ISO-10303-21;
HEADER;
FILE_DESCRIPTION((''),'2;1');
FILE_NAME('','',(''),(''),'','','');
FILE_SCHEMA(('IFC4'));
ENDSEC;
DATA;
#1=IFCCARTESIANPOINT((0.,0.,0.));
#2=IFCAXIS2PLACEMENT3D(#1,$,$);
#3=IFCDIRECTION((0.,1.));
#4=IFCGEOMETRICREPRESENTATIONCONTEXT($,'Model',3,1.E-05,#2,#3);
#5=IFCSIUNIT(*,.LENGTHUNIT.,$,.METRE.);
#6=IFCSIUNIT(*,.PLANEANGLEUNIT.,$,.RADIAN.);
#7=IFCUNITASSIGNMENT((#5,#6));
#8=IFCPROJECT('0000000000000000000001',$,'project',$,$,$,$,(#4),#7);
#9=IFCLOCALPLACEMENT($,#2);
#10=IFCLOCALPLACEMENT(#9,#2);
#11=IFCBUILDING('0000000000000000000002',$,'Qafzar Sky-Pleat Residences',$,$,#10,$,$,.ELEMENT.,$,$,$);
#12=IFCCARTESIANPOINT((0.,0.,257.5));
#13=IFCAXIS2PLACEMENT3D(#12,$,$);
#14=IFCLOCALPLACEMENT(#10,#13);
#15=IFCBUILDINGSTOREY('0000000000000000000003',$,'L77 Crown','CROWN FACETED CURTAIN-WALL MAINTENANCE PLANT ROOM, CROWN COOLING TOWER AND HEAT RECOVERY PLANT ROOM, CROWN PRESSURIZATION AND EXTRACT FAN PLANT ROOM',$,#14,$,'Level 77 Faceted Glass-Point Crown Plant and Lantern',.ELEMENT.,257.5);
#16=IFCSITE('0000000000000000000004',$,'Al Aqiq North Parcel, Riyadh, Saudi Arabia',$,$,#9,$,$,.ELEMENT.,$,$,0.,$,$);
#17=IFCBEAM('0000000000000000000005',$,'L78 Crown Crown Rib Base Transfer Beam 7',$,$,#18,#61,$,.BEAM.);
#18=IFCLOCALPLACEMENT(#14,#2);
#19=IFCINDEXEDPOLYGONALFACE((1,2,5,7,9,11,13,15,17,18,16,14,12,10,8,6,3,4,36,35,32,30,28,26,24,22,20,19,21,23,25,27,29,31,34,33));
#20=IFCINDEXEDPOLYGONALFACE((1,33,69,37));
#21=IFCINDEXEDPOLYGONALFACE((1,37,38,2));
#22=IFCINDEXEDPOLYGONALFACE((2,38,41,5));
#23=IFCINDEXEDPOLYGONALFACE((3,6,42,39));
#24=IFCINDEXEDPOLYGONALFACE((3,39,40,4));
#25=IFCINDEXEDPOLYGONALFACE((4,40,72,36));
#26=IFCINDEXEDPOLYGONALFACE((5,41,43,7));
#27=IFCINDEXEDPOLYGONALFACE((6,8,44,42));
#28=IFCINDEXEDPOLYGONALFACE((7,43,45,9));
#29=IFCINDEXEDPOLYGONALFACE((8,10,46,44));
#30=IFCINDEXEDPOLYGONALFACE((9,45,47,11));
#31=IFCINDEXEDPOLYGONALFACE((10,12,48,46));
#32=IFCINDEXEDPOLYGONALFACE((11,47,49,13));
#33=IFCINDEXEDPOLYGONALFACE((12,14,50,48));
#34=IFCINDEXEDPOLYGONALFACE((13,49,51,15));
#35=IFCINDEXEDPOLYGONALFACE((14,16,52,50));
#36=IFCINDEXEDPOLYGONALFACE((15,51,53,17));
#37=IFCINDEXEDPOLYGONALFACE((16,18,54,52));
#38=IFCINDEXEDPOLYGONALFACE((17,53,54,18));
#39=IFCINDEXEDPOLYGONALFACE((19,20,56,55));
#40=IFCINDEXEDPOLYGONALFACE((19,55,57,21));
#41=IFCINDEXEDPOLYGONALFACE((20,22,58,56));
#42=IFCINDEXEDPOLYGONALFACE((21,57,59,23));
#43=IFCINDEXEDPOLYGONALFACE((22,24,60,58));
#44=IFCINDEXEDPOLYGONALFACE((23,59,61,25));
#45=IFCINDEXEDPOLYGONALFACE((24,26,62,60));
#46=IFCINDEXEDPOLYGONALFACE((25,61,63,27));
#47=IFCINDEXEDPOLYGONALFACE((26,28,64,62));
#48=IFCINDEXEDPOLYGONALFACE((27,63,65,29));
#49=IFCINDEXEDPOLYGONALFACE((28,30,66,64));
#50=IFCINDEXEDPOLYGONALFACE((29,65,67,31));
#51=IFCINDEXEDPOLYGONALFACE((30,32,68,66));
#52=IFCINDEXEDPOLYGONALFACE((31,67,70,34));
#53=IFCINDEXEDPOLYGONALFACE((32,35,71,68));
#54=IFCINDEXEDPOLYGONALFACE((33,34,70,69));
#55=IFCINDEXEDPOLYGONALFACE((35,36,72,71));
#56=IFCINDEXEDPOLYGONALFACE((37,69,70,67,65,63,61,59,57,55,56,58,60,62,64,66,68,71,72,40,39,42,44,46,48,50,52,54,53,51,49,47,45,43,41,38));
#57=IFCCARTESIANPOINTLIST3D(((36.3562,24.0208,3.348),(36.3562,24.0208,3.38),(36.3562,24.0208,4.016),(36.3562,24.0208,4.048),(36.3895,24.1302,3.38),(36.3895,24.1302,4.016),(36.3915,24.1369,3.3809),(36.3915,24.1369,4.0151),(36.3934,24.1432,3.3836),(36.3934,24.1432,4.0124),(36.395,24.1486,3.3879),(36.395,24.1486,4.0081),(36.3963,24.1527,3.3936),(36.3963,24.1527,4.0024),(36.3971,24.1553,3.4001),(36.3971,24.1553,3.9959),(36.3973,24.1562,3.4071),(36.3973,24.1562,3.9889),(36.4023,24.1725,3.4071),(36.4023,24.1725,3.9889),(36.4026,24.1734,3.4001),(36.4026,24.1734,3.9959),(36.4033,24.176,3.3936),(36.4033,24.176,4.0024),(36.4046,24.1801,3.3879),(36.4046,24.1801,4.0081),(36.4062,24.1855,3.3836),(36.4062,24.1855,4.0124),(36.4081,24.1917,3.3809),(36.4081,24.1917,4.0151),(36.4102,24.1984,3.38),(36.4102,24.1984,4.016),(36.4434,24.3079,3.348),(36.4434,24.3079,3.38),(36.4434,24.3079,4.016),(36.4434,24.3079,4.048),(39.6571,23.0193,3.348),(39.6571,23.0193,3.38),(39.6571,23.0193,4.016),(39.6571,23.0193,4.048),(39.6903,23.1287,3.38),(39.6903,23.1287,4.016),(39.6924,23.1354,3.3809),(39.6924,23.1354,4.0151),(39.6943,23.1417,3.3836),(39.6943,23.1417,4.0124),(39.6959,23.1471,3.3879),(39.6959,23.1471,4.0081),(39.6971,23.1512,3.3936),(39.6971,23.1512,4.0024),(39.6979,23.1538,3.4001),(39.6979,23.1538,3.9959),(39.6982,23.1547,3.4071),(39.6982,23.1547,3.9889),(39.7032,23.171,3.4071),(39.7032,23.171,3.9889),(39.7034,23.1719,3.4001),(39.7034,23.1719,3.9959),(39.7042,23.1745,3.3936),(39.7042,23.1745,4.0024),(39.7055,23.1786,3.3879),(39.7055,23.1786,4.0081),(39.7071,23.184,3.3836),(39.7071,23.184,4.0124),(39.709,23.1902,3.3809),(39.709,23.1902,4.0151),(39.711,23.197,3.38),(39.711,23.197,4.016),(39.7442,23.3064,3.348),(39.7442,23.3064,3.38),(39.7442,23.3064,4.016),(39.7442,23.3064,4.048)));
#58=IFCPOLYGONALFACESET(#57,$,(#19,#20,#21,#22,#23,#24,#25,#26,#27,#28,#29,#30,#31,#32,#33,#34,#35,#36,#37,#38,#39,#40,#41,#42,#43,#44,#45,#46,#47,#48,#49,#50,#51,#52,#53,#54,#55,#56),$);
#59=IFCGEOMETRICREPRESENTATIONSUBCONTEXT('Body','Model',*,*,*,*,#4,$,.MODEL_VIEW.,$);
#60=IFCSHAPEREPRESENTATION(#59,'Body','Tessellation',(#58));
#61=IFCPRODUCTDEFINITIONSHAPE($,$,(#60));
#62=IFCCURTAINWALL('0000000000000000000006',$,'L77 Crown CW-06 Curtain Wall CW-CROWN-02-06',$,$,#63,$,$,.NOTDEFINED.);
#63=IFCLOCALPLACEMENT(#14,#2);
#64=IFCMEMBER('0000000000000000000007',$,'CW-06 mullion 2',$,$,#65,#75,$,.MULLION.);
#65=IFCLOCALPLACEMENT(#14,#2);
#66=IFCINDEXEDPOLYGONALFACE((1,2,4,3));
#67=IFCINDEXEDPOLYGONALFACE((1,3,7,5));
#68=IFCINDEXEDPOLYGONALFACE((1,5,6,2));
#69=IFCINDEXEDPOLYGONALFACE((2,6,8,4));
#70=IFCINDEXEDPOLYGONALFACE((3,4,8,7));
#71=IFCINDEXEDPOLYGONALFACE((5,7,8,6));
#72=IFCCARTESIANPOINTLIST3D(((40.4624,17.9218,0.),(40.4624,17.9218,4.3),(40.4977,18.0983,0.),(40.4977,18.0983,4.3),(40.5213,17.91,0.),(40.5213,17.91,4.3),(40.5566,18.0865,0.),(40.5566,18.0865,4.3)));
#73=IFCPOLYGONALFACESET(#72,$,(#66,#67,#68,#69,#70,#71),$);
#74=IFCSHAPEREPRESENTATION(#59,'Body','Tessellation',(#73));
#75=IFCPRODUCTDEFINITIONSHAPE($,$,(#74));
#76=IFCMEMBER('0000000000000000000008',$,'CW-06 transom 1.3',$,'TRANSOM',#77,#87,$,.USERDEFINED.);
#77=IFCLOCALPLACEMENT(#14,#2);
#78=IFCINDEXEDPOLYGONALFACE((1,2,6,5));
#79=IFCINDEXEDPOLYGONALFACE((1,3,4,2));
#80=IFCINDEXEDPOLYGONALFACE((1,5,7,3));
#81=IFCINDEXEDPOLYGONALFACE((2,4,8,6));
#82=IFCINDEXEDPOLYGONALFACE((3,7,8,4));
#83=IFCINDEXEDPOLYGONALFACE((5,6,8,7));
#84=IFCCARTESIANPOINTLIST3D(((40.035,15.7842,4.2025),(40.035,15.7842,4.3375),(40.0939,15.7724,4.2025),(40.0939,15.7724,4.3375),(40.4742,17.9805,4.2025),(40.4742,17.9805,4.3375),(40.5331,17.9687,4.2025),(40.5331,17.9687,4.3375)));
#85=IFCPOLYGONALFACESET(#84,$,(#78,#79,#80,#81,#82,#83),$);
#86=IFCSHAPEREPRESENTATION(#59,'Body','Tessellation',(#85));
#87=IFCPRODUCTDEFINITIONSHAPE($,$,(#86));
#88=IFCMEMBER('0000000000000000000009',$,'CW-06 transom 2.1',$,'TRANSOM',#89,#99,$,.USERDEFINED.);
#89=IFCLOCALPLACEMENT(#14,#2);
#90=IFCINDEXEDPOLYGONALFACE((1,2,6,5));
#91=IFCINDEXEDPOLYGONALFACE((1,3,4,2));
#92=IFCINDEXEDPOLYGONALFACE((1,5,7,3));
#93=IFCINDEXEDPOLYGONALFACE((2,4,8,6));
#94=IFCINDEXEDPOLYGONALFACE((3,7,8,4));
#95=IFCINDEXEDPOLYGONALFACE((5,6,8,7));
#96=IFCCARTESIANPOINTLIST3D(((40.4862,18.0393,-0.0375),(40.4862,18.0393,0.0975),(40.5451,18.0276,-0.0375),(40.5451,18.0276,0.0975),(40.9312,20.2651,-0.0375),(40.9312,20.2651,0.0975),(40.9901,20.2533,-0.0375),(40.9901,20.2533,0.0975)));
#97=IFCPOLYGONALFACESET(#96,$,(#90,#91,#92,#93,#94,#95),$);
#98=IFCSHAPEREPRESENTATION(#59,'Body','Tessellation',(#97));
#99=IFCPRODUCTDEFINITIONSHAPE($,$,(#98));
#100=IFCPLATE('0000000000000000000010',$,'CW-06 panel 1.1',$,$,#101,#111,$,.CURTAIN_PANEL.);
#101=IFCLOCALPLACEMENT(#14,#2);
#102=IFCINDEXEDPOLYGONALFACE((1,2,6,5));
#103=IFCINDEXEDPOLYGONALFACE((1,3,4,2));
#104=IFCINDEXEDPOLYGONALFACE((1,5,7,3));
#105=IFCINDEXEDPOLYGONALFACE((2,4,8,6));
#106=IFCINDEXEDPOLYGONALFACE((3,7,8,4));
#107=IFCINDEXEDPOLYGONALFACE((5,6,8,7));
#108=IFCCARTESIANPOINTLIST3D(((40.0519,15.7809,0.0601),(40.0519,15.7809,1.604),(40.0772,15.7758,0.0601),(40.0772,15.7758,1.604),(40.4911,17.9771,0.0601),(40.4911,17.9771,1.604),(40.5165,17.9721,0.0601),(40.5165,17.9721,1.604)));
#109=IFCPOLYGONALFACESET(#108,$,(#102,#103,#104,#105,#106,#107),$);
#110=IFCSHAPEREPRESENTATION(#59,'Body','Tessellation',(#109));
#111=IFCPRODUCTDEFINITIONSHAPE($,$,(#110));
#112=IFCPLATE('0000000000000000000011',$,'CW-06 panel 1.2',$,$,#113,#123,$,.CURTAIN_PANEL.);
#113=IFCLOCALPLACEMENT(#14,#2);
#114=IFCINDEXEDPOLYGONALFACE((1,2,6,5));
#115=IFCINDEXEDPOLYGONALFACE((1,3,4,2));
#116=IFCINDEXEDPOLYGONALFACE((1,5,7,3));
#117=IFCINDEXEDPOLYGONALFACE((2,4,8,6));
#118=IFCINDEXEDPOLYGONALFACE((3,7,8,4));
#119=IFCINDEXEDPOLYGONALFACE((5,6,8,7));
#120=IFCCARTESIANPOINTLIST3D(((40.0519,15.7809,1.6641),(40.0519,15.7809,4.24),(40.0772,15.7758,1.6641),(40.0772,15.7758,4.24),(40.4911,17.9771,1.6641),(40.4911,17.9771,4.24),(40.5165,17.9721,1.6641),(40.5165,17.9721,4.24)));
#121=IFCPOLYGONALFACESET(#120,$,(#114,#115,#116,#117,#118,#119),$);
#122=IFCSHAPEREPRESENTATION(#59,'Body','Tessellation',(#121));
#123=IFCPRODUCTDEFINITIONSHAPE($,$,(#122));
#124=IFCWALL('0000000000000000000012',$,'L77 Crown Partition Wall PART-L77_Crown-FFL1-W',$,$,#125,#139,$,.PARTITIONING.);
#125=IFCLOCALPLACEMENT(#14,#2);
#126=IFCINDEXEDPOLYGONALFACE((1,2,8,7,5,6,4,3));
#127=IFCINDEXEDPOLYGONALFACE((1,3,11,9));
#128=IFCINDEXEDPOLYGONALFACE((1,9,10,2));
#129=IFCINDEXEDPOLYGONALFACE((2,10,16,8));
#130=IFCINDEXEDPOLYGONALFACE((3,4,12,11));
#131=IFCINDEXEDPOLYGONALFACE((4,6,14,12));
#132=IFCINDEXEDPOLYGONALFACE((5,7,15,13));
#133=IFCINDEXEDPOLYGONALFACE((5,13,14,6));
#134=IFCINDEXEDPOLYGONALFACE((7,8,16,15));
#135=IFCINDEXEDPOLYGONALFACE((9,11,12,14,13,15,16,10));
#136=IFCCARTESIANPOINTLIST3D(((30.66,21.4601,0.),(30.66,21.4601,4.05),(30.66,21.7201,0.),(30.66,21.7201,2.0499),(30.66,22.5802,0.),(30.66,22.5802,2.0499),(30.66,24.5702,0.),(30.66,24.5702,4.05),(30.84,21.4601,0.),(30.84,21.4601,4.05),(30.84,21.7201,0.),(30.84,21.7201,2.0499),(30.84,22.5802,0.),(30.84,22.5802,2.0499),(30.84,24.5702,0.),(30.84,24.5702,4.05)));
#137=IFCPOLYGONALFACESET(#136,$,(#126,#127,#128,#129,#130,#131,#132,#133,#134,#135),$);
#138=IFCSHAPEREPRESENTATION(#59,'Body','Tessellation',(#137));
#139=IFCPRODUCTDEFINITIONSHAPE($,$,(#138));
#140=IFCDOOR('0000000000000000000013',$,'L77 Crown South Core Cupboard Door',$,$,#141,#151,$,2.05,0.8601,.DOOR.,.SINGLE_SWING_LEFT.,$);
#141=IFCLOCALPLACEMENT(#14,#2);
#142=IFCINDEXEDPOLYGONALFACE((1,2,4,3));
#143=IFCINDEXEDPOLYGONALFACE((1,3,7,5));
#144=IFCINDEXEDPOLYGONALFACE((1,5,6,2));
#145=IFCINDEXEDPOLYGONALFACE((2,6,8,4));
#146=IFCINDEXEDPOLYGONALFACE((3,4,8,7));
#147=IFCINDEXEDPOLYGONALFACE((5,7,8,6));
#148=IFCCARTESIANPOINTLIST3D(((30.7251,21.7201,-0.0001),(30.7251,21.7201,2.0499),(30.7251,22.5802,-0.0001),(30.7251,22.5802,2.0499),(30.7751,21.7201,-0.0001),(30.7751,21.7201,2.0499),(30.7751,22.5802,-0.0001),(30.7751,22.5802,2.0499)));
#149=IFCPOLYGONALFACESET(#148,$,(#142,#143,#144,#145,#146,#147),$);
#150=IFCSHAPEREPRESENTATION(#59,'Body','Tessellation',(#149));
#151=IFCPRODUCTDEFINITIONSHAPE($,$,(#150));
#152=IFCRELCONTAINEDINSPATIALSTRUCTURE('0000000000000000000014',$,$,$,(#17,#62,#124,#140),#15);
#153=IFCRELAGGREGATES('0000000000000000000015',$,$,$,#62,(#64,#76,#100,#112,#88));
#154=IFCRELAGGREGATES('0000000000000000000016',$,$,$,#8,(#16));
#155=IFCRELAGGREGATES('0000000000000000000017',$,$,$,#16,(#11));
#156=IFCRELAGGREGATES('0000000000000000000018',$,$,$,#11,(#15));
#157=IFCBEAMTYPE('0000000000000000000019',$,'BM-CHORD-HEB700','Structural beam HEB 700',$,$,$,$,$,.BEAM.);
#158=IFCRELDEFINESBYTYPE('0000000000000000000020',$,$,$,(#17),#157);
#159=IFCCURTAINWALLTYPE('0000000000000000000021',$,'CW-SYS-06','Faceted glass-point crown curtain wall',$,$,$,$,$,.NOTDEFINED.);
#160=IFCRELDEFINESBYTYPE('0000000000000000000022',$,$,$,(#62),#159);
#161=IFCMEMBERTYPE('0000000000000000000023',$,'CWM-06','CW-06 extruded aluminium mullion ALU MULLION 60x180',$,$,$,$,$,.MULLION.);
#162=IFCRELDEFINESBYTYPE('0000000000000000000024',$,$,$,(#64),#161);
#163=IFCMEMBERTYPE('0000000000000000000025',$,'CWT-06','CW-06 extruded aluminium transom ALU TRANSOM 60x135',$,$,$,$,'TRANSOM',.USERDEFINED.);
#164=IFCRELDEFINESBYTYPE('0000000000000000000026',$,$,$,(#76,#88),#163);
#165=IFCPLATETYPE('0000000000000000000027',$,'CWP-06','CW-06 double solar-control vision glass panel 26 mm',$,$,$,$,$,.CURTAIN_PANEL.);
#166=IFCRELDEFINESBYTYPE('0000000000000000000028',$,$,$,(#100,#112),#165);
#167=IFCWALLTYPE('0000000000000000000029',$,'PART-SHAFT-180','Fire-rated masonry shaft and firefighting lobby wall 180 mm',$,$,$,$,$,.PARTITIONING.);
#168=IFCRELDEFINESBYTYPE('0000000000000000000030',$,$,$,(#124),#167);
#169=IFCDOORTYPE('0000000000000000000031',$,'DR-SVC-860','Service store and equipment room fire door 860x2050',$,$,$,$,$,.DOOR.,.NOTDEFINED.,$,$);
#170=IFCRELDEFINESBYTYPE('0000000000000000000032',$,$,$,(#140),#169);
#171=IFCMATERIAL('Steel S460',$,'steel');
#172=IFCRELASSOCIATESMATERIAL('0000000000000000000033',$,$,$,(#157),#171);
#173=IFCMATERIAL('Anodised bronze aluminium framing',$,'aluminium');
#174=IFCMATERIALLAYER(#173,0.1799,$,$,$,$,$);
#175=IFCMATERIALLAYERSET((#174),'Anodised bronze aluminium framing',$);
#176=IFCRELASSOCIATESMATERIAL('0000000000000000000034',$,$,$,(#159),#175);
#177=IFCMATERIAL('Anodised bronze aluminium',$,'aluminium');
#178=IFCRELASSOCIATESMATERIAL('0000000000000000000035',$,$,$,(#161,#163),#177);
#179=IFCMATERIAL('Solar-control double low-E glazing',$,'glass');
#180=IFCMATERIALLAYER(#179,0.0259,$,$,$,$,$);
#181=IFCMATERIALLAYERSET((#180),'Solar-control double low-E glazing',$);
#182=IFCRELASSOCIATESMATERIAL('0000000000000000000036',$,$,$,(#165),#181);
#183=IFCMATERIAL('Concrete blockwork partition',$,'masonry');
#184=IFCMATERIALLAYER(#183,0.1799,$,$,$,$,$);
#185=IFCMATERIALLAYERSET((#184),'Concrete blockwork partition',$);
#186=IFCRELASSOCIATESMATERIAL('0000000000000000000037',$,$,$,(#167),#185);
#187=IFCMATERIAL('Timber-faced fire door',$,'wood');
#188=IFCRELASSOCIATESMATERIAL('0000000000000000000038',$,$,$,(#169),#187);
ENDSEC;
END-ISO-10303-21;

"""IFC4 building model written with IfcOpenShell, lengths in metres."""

from ifc_helpers import new_model, si_unit, direction, frame, frame_2d, origin, origin_2d, place, context, subcontext, project, spatial, rectangle, i_section, extrude, source, transform, mapped, material, layer, layer_set, material_profile, profile_set, type_object, element, fill, aggregate, save


model = new_model("IFC4")

# Units and contexts
model_context = context("Model", 3, precision=1e-05, world=origin(), true_north=direction((0.0, 1.0)))
body_context = subcontext(model_context, "Body", "Model", "MODEL_VIEW")
ifc_project = project(units=[si_unit("LENGTHUNIT", "METRE"), si_unit("PLANEANGLEUNIT", "RADIAN")], contexts=[model_context])

# Site, building, storey
site_placement = place(None, origin())
site = spatial("IfcSite", under=ifc_project, at=site_placement, Name="Al Aqiq North Parcel, Riyadh, Saudi Arabia", CompositionType="ELEMENT", RefElevation=0.0)
building_placement = place(site_placement, origin())
building = spatial("IfcBuilding", under=site, at=building_placement, Name="Qafzar Sky-Pleat Residences", CompositionType="ELEMENT")
storey_placement = place(building_placement, frame((0.0, 0.0, 257.5)))
storey = spatial("IfcBuildingStorey", under=building, at=storey_placement, Name="L77 Crown", Description="CROWN FACETED CURTAIN-WALL MAINTENANCE PLANT ROOM, CROWN COOLING TOWER AND HEAT RECOVERY PLANT ROOM, CROWN PRESSURIZATION AND EXTRACT FAN PLANT ROOM", LongName="Level 77 Faceted Glass-Point Crown Plant and Lantern", CompositionType="ELEMENT", Elevation=257.5)

# Shared definitions
ifc_material_1 = material(Name="Steel S460", Category="steel")

# Beam
ifc_material_profile_1 = material_profile(ifc_material_1, i_section(OverallWidth=0.3, OverallDepth=0.7, WebThickness=0.0171, FlangeThickness=0.032, FilletRadius=0.0271, at=origin_2d()), Name="HEB 700")
ifc_profile_set_1 = profile_set([ifc_material_profile_1], Name="Steel S460")
beam_type = type_object("IfcBeamType", Name="BM-CHORD-HEB700", Description="Structural beam HEB 700", PredefinedType="BEAM", material=ifc_profile_set_1)
shared_shape_1 = source(origin(), body_context, "Body", "SweptSolid", [
    extrude(i_section(OverallWidth=0.3, OverallDepth=0.7, WebThickness=0.0171, FlangeThickness=0.032, FilletRadius=0.0271, at=origin_2d()), origin(), (0.0, 0.0, 1.0), 3.4495),
])
beam_1_placement = place(storey_placement, frame((39.7007, 23.1628, 3.698), z_axis=(-0.956926, 0.290333, 0.0), x_axis=(-0.290333, -0.956926, 0.0)))
element("IfcBeam", 1, at=beam_1_placement, inside=storey, type_object=beam_type, Name="L78 Crown Crown Rib Base Transfer Beam 7", PredefinedType="BEAM", context=body_context, shape_type="MappedRepresentation", body=[
    mapped(shared_shape_1, transform((0.0, 0.0, 0.0), x_axis=(1.0, 0.0, 0.0), y_axis=(0.0, 1.0, 0.0), z_axis=(0.0, 0.0, 1.0), scale=1.0)),
])

# Curtain wall, members, plates
ifc_material_2 = material(Name="Anodised bronze aluminium framing", Category="aluminium")
ifc_layer_1 = layer(ifc_material_2, 0.1799)
ifc_layer_set_1 = layer_set([ifc_layer_1], Name="Anodised bronze aluminium framing")
curtain_wall_type = type_object("IfcCurtainWallType", Name="CW-SYS-06", Description="Faceted glass-point crown curtain wall", PredefinedType="NOTDEFINED", material=ifc_layer_set_1)
curtain_wall_placement = place(storey_placement, origin())
curtain_wall = element("IfcCurtainWall", 2, at=curtain_wall_placement, inside=storey, type_object=curtain_wall_type, Name="L77 Crown CW-06 Curtain Wall CW-CROWN-02-06", PredefinedType="NOTDEFINED")
ifc_material_3 = material(Name="Anodised bronze aluminium", Category="aluminium")
ifc_material_profile_2 = material_profile(ifc_material_3, rectangle(XDim=0.0601, YDim=0.1799, at=origin_2d()), Name="ALU MULLION 60x180")
ifc_profile_set_2 = profile_set([ifc_material_profile_2], Name="Anodised bronze aluminium")
member_type_1 = type_object("IfcMemberType", Name="CWM-06", Description="CW-06 extruded aluminium mullion ALU MULLION 60x180", PredefinedType="MULLION", material=ifc_profile_set_2)
shared_shape_2 = source(origin(), body_context, "Body", "SweptSolid", [
    extrude(rectangle(XDim=0.0601, YDim=0.1799, at=origin_2d()), origin(), (0.0, 0.0, 1.0), 4.3),
])
member_1_placement = place(storey_placement, frame((40.5095, 18.0042, 0.0), z_axis=(0.0, 0.0, 1.0), x_axis=(-0.980578, 0.196127, 0.0)))
member_1 = element("IfcMember", 3, at=member_1_placement, type_object=member_type_1, Name="CW-06 mullion 2", PredefinedType="MULLION", context=body_context, shape_type="MappedRepresentation", body=[
    mapped(shared_shape_2, transform((0.0, 0.0, 0.0), x_axis=(1.0, 0.0, 0.0), y_axis=(0.0, 1.0, 0.0), z_axis=(0.0, 0.0, 1.0), scale=1.0)),
])
ifc_material_profile_3 = material_profile(ifc_material_3, rectangle(XDim=0.0601, YDim=0.135, at=origin_2d()), Name="ALU TRANSOM 60x135")
ifc_profile_set_3 = profile_set([ifc_material_profile_3], Name="Anodised bronze aluminium")
member_type_2 = type_object("IfcMemberType", Name="CWT-06", Description="CW-06 extruded aluminium transom ALU TRANSOM 60x135", ElementType="TRANSOM", PredefinedType="USERDEFINED", material=ifc_profile_set_3)
shared_shape_3 = source(origin(), body_context, "Body", "SweptSolid", [
    extrude(rectangle(XDim=0.0601, YDim=0.135, at=origin_2d()), origin(), (0.0, 0.0, 1.0), 2.2397),
])
member_2_placement = place(storey_placement, frame((40.0645, 15.7783, 4.27), z_axis=(0.196095, 0.980585, 0.0), x_axis=(-0.980585, 0.196095, 0.0)))
member_2 = element("IfcMember", 4, at=member_2_placement, type_object=member_type_2, Name="CW-06 transom 1.3", ObjectType="TRANSOM", PredefinedType="USERDEFINED", context=body_context, shape_type="MappedRepresentation", body=[
    mapped(shared_shape_3, transform((0.0, 0.0, 0.0), x_axis=(1.0, 0.0, 0.0), y_axis=(0.0, 1.0, 0.0), z_axis=(0.0, 0.0, 1.0), scale=1.0)),
])
shared_shape_4 = source(origin(), body_context, "Body", "SweptSolid", [
    extrude(rectangle(XDim=0.0601, YDim=0.135, at=origin_2d()), origin(), (0.0, 0.0, 1.0), 2.2698),
])
member_3_placement = place(storey_placement, frame((40.5156, 18.0334, 0.03), z_axis=(0.196075, 0.980589, 0.0), x_axis=(-0.980589, 0.196075, 0.0)))
member_3 = element("IfcMember", 5, at=member_3_placement, type_object=member_type_2, Name="CW-06 transom 2.1", ObjectType="TRANSOM", PredefinedType="USERDEFINED", context=body_context, shape_type="MappedRepresentation", body=[
    mapped(shared_shape_4, transform((0.0, 0.0, 0.0), x_axis=(1.0, 0.0, 0.0), y_axis=(0.0, 1.0, 0.0), z_axis=(0.0, 0.0, 1.0), scale=1.0)),
])
ifc_material_4 = material(Name="Solar-control double low-E glazing", Category="glass")
ifc_layer_2 = layer(ifc_material_4, 0.0259)
ifc_layer_set_2 = layer_set([ifc_layer_2], Name="Solar-control double low-E glazing")
plate_type = type_object("IfcPlateType", Name="CWP-06", Description="CW-06 double solar-control vision glass panel 26 mm", PredefinedType="CURTAIN_PANEL", material=ifc_layer_set_2)
shared_shape_5 = source(origin(), body_context, "Body", "SweptSolid", [
    extrude(rectangle(XDim=2.2397, YDim=0.0259, at=origin_2d()), origin(), (0.0, 0.0, 1.0), 1.5439),
])
plate_1_placement = place(storey_placement, frame((40.2842, 16.8765, 0.0601), z_axis=(0.0, 0.0, 1.0), x_axis=(0.196127, 0.980578, 0.0)))
plate_1 = element("IfcPlate", 6, at=plate_1_placement, type_object=plate_type, Name="CW-06 panel 1.1", PredefinedType="CURTAIN_PANEL", context=body_context, shape_type="MappedRepresentation", body=[
    mapped(shared_shape_5, transform((0.0, 0.0, 0.0), x_axis=(1.0, 0.0, 0.0), y_axis=(0.0, 1.0, 0.0), z_axis=(0.0, 0.0, 1.0), scale=1.0)),
])
shared_shape_6 = source(origin(), body_context, "Body", "SweptSolid", [
    extrude(rectangle(XDim=2.2397, YDim=0.0259, at=origin_2d()), origin(), (0.0, 0.0, 1.0), 2.5759),
])
plate_2_placement = place(storey_placement, frame((40.2842, 16.8765, 1.6641), z_axis=(0.0, 0.0, 1.0), x_axis=(0.196127, 0.980578, 0.0)))
plate_2 = element("IfcPlate", 7, at=plate_2_placement, type_object=plate_type, Name="CW-06 panel 1.2", PredefinedType="CURTAIN_PANEL", context=body_context, shape_type="MappedRepresentation", body=[
    mapped(shared_shape_6, transform((0.0, 0.0, 0.0), x_axis=(1.0, 0.0, 0.0), y_axis=(0.0, 1.0, 0.0), z_axis=(0.0, 0.0, 1.0), scale=1.0)),
])
aggregate(curtain_wall, [member_1, member_2, plate_1, plate_2, member_3])

# Wall, opening, door
ifc_material_5 = material(Name="Concrete blockwork partition", Category="masonry")
ifc_layer_3 = layer(ifc_material_5, 0.1799)
ifc_layer_set_3 = layer_set([ifc_layer_3], Name="Concrete blockwork partition")
wall_type_1 = type_object("IfcWallType", Name="PART-SHAFT-180", Description="Fire-rated masonry shaft and firefighting lobby wall 180 mm", PredefinedType="PARTITIONING", material=ifc_layer_set_3)
wall_1_placement = place(storey_placement, frame((30.75, 21.46, 0.0), z_axis=(0.0, 0.0, 1.0), x_axis=(0.0, 1.0, 0.0)))
wall_1 = element("IfcWall", 8, at=wall_1_placement, inside=storey, type_object=wall_type_1, Name="L77 Crown Partition Wall PART-L77_Crown-FFL1-W", PredefinedType="PARTITIONING", context=body_context, shape_type="SweptSolid", body=[
    extrude(rectangle(XDim=3.1101, YDim=0.1799, at=frame_2d((1.5552, 0.0))), origin(), (0.0, 0.0, 1.0), 4.05),
])
opening_1_placement = place(wall_1_placement, frame((0.26, 0.0, 0.0)))
opening_1 = element("IfcOpeningElement", 9, at=opening_1_placement, cuts=wall_1, PredefinedType="OPENING", context=body_context, shape_type="SweptSolid", body=[
    extrude(rectangle(XDim=0.8601, YDim=2.05, at=frame_2d((0.4302, 1.0249))), frame((0.0, 0.1001, 0.0), z_axis=(0.0, -1.0, 0.0), x_axis=(1.0, 0.0, 0.0)), (0.0, 0.0, 1.0), 0.2),
])
ifc_material_6 = material(Name="Timber-faced fire door", Category="wood")
door_type_1 = type_object("IfcDoorType", Name="DR-SVC-860", Description="Service store and equipment room fire door 860x2050", OperationType="NOTDEFINED", PredefinedType="DOOR", material=ifc_material_6)
shared_shape_7 = source(origin(), body_context, "Body", "SweptSolid", [
    extrude(rectangle(XDim=0.8601, YDim=2.05, at=frame_2d((0.4302, 1.0249))), frame((0.0, 0.0249, 0.0), z_axis=(0.0, -1.0, 0.0), x_axis=(1.0, 0.0, 0.0)), (0.0, 0.0, 1.0), 0.05),
])
door_1_placement = place(opening_1_placement, origin())
door_1 = element("IfcDoor", 10, at=door_1_placement, inside=storey, type_object=door_type_1, Name="L77 Crown South Core Cupboard Door", OperationType="SINGLE_SWING_LEFT", OverallHeight=2.05, OverallWidth=0.8601, PredefinedType="DOOR", context=body_context, shape_type="MappedRepresentation", body=[
    mapped(shared_shape_7, transform((0.0, 0.0, 0.0), x_axis=(1.0, 0.0, 0.0), y_axis=(0.0, 1.0, 0.0), z_axis=(0.0, 0.0, 1.0), scale=1.0)),
])
fill(opening_1, door_1)

save(model, "model.ifc")
